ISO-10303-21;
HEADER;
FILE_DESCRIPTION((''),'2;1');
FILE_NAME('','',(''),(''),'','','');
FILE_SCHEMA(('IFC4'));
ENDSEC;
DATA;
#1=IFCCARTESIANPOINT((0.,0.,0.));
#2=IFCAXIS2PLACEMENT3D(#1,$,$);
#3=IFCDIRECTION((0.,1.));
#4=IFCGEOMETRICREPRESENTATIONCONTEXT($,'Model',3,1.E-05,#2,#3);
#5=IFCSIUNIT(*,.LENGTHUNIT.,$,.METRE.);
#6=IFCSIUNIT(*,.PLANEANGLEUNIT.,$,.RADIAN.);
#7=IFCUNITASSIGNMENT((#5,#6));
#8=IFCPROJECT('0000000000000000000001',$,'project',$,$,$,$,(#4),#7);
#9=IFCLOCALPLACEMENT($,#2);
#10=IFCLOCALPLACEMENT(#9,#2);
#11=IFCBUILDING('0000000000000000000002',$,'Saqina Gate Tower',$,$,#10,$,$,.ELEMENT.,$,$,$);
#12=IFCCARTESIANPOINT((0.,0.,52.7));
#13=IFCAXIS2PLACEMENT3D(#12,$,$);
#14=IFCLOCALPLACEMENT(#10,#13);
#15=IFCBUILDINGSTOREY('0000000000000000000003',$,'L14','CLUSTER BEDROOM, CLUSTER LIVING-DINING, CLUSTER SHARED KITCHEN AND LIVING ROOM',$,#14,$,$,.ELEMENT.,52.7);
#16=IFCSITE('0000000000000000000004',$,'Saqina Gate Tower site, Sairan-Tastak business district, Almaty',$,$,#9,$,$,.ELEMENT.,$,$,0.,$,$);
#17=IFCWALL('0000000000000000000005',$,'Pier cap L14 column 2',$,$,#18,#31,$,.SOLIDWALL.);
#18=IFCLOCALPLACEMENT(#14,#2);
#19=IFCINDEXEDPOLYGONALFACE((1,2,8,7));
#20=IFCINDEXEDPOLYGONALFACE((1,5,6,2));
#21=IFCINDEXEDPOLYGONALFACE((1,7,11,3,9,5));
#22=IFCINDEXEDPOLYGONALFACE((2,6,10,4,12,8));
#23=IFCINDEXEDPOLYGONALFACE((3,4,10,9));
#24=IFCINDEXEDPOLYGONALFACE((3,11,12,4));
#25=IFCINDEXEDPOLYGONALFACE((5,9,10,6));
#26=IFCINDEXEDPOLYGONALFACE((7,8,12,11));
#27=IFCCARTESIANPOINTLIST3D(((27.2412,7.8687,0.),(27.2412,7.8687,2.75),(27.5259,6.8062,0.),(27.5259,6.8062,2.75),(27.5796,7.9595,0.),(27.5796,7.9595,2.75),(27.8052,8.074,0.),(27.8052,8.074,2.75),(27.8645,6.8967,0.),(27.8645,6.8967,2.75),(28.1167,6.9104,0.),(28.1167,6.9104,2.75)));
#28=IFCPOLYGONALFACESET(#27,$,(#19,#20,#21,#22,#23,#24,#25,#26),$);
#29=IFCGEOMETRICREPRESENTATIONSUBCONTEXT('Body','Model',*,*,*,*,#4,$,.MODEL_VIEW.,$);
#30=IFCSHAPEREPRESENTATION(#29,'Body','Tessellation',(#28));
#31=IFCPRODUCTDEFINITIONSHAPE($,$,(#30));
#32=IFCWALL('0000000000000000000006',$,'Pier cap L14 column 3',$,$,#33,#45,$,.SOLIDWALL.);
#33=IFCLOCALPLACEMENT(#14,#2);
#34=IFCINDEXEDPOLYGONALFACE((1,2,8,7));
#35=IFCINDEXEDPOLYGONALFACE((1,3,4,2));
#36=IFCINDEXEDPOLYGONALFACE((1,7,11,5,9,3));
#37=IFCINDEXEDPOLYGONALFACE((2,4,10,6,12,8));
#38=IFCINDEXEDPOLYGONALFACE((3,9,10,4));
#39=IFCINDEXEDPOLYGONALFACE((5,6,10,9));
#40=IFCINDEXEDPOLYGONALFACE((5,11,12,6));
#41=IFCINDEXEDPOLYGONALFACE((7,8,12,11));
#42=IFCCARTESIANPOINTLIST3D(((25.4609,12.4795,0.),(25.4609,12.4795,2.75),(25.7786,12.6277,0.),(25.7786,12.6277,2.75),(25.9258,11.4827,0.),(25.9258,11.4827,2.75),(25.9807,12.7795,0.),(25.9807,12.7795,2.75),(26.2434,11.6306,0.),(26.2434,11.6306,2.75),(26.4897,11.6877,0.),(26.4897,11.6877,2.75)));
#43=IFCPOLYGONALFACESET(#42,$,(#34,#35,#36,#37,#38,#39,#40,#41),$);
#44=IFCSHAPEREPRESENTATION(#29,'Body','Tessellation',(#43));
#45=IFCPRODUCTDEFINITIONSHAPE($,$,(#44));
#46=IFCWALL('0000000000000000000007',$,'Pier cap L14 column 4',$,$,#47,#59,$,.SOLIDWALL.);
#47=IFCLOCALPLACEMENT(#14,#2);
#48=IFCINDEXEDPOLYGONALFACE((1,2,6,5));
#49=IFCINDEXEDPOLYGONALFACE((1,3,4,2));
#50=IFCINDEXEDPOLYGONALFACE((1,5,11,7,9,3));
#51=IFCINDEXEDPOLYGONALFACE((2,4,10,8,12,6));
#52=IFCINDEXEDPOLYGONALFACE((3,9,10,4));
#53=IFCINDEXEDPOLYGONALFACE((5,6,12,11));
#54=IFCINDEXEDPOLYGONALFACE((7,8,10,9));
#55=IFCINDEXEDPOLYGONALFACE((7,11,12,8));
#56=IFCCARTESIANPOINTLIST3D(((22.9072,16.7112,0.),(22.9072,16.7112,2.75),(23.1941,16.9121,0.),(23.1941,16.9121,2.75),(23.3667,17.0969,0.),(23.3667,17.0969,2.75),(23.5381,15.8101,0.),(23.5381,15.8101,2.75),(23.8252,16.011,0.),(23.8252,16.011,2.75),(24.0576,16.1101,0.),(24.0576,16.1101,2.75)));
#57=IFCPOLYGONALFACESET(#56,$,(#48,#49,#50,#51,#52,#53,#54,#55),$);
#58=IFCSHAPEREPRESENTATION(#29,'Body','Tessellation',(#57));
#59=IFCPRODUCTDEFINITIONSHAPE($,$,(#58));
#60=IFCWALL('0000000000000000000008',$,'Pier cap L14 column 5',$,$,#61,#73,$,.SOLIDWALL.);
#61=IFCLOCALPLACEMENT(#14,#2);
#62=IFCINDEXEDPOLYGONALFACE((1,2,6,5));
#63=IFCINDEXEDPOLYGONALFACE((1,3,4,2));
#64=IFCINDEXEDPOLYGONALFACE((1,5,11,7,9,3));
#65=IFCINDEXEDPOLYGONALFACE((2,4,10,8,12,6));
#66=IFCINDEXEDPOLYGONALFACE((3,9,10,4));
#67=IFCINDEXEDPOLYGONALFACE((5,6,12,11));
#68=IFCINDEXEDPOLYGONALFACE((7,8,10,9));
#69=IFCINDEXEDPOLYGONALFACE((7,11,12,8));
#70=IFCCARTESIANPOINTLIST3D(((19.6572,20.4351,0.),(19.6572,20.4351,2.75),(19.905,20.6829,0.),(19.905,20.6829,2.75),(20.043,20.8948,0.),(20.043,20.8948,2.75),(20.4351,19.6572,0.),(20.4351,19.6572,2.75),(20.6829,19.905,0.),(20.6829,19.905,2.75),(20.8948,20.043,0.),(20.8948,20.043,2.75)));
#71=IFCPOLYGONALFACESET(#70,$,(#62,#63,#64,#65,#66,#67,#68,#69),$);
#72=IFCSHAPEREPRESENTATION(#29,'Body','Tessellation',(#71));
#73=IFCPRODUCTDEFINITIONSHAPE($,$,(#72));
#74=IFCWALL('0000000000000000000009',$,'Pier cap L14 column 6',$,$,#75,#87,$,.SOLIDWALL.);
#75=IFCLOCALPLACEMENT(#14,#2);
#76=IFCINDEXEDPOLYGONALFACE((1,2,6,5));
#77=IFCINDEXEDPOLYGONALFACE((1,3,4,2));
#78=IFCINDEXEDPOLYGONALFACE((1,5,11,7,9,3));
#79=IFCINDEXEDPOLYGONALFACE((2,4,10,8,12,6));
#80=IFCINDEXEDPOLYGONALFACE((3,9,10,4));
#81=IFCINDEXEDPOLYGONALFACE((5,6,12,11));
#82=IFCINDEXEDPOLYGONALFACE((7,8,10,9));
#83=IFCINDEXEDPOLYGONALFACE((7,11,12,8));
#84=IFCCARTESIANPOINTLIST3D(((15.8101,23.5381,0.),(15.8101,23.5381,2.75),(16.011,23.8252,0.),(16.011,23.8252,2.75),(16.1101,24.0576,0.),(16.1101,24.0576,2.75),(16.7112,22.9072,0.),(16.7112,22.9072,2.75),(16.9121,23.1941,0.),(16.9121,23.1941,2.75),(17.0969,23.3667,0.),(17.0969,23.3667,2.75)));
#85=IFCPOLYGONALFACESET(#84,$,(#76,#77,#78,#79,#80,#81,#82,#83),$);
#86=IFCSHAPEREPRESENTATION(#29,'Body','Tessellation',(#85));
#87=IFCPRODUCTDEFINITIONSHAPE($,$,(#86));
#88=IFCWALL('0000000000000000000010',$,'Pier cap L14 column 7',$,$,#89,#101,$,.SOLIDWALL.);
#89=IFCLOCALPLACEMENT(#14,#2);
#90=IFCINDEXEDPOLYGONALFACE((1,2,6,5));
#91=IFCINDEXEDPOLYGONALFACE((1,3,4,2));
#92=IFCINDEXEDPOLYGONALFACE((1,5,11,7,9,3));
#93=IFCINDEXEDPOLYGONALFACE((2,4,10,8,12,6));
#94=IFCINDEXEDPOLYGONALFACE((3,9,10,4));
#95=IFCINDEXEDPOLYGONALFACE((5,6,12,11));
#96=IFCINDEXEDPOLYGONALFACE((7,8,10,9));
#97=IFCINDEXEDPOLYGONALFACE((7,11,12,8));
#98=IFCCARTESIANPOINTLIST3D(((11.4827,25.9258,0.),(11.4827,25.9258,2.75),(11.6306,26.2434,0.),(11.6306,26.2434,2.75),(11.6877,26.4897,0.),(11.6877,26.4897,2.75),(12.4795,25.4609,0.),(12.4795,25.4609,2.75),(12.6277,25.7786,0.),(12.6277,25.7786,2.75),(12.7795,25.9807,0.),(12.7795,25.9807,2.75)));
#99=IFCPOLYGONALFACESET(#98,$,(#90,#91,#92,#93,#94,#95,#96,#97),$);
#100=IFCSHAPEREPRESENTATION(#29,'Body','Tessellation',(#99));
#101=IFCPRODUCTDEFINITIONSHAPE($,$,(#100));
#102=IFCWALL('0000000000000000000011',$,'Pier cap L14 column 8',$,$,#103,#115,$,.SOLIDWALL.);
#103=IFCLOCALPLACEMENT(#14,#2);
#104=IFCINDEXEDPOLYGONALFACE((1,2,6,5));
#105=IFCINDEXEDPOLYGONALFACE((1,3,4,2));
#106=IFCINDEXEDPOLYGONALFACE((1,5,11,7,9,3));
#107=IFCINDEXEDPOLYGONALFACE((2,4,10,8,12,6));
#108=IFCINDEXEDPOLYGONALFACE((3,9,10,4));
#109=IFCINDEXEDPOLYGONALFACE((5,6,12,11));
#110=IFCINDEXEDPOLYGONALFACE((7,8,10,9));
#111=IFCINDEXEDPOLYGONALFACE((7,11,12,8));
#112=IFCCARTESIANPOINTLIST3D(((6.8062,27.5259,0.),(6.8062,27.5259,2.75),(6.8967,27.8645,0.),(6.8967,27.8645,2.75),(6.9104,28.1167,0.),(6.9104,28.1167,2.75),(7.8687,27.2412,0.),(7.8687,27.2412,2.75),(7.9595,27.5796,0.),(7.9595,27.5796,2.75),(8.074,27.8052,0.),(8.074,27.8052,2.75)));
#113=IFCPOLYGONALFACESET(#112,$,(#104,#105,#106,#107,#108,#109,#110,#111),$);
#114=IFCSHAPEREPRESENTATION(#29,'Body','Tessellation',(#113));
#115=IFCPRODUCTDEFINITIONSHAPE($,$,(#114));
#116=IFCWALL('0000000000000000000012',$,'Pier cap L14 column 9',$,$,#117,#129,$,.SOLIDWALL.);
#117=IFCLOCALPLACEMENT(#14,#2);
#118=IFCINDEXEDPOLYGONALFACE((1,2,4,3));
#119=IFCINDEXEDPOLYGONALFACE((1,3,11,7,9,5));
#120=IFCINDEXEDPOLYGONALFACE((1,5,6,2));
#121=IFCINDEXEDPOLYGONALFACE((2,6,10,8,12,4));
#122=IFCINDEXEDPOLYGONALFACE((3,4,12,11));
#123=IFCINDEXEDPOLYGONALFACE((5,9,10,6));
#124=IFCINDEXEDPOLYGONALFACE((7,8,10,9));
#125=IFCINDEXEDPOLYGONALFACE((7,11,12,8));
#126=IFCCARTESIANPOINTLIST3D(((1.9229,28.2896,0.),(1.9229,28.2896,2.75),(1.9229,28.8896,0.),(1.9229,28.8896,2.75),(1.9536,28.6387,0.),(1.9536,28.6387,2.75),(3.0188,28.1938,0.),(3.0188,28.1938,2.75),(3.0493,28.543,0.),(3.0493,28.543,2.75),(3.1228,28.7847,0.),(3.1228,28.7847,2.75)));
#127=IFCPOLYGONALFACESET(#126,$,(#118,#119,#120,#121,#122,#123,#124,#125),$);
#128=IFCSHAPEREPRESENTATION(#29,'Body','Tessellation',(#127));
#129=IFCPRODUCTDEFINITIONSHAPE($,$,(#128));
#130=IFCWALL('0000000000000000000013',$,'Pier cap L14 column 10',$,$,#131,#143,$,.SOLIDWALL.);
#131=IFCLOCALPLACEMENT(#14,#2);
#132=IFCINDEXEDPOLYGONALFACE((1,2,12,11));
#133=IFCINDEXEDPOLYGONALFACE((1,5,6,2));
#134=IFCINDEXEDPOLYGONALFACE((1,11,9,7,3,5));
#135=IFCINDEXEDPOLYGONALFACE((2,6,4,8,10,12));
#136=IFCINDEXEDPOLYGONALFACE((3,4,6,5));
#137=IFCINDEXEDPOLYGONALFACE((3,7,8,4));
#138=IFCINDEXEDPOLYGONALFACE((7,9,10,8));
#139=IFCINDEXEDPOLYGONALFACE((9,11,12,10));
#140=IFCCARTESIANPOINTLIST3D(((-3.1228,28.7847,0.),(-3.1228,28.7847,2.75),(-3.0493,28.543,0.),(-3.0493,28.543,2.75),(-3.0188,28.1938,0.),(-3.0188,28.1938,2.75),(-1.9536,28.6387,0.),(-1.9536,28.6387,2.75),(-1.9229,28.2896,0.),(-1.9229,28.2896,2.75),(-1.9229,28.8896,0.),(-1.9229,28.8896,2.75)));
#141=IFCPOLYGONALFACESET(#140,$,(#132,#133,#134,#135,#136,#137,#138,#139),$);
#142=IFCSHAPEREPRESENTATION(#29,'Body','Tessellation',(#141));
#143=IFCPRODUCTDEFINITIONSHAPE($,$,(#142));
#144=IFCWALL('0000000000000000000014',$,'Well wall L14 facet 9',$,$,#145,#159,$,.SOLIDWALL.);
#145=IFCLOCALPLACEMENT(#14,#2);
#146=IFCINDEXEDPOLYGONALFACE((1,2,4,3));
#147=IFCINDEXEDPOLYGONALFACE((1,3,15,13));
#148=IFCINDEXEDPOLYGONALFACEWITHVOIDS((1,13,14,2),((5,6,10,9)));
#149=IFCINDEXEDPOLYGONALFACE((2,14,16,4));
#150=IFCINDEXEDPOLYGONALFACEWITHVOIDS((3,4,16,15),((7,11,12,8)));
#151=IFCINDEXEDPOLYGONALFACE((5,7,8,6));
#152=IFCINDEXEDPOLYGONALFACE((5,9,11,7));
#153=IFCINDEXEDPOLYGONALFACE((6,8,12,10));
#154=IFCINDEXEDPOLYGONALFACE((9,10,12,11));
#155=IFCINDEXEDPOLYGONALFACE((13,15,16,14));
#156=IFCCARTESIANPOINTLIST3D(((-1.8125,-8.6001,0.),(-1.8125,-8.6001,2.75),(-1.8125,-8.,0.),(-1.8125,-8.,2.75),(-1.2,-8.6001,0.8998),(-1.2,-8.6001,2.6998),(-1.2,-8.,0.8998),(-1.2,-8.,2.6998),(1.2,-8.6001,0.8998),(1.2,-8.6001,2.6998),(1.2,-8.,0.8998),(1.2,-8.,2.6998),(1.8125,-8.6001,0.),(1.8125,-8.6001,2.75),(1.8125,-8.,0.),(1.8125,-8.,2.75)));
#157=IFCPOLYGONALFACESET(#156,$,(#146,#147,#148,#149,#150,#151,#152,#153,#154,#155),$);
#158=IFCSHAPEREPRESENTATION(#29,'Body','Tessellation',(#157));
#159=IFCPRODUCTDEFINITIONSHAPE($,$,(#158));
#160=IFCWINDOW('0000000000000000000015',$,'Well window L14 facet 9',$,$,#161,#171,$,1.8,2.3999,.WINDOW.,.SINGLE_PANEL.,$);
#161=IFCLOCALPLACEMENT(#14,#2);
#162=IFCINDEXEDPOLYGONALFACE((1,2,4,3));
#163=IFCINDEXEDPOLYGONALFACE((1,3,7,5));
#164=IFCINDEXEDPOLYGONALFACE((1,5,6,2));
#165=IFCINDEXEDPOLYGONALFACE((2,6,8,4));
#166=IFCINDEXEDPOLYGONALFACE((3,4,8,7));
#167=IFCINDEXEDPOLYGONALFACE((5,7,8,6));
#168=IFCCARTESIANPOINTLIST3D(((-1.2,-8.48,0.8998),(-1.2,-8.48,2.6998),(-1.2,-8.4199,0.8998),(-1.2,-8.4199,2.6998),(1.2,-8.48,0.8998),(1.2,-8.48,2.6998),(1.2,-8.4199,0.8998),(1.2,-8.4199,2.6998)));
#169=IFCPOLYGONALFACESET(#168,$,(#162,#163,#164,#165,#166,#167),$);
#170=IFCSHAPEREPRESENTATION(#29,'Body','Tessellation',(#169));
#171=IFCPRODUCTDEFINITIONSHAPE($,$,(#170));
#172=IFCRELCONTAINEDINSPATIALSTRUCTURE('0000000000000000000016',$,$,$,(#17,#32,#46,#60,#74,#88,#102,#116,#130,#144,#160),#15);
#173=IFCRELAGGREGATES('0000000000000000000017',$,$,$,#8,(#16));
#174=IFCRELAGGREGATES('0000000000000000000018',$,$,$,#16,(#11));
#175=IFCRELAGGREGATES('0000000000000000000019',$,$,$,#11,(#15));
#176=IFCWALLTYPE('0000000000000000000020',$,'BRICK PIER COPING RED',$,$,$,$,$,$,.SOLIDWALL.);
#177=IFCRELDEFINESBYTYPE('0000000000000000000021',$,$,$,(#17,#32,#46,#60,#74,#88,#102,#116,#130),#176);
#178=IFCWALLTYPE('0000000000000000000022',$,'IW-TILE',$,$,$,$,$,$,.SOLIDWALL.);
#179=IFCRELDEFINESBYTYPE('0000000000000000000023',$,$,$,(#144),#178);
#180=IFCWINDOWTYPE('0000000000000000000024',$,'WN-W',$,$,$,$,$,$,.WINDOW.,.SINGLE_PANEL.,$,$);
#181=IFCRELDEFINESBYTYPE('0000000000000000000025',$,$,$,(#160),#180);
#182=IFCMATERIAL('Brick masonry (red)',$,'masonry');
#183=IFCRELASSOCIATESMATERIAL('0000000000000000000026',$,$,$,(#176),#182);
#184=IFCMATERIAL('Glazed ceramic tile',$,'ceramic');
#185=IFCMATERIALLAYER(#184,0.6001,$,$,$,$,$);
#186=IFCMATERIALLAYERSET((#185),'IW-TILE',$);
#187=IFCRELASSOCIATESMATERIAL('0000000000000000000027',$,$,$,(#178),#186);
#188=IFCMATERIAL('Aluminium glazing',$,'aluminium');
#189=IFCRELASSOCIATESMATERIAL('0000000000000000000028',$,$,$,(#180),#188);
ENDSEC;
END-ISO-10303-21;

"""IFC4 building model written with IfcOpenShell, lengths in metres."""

from ifc_helpers import new_model, si_unit, direction, frame, frame_2d, origin, place, context, subcontext, project, spatial, polyline, rectangle, outline, extrude, material, layer, layer_set, type_object, element, fill, save


model = new_model("IFC4")

# Units and contexts
model_context = context("Model", 3, precision=1e-05, world=origin(), true_north=direction((0.0, 1.0)))
body_context = subcontext(model_context, "Body", "Model", "MODEL_VIEW")
ifc_project = project(units=[si_unit("LENGTHUNIT", "METRE"), si_unit("PLANEANGLEUNIT", "RADIAN")], contexts=[model_context])

# Site, building, storey
site_placement = place(None, origin())
site = spatial("IfcSite", under=ifc_project, at=site_placement, Name="Saqina Gate Tower site, Sairan-Tastak business district, Almaty", CompositionType="ELEMENT", RefElevation=0.0)
building_placement = place(site_placement, origin())
building = spatial("IfcBuilding", under=site, at=building_placement, Name="Saqina Gate Tower", CompositionType="ELEMENT")
storey_placement = place(building_placement, frame((0.0, 0.0, 52.7)))
storey = spatial("IfcBuildingStorey", under=building, at=storey_placement, Name="L14", Description="CLUSTER BEDROOM, CLUSTER LIVING-DINING, CLUSTER SHARED KITCHEN AND LIVING ROOM", CompositionType="ELEMENT", Elevation=52.7)

# Walls
ifc_material_1 = material(Name="Brick masonry (red)", Category="masonry")
wall_type_1 = type_object("IfcWallType", Name="BRICK PIER COPING RED", PredefinedType="SOLIDWALL", material=ifc_material_1)
wall_1_placement = place(storey_placement, origin())
element("IfcWall", 1, at=wall_1_placement, inside=storey, type_object=wall_type_1, Name="Pier cap L14 column 2", PredefinedType="SOLIDWALL", context=body_context, shape_type="SweptSolid", body=[
    extrude(outline(polyline([(28.1167, 6.9104), (27.8052, 8.074), (27.2412, 7.8687), (27.5796, 7.9595), (27.8645, 6.8967), (27.5259, 6.8062), (28.1167, 6.9104)])), origin(), (0.0, 0.0, 1.0), 2.75),
])
wall_2_placement = place(storey_placement, origin())
element("IfcWall", 2, at=wall_2_placement, inside=storey, type_object=wall_type_1, Name="Pier cap L14 column 3", PredefinedType="SOLIDWALL", context=body_context, shape_type="SweptSolid", body=[
    extrude(outline(polyline([(25.9807, 12.7795), (25.4609, 12.4795), (25.7786, 12.6277), (26.2434, 11.6306), (25.9258, 11.4827), (26.4897, 11.6877), (25.9807, 12.7795)])), origin(), (0.0, 0.0, 1.0), 2.75),
])
wall_3_placement = place(storey_placement, origin())
element("IfcWall", 3, at=wall_3_placement, inside=storey, type_object=wall_type_1, Name="Pier cap L14 column 4", PredefinedType="SOLIDWALL", context=body_context, shape_type="SweptSolid", body=[
    extrude(outline(polyline([(24.0576, 16.1101), (23.3667, 17.0969), (22.9072, 16.7112), (23.1941, 16.9121), (23.8252, 16.011), (23.5381, 15.8101), (24.0576, 16.1101)])), origin(), (0.0, 0.0, 1.0), 2.75),
])
wall_4_placement = place(storey_placement, origin())
element("IfcWall", 4, at=wall_4_placement, inside=storey, type_object=wall_type_1, Name="Pier cap L14 column 5", PredefinedType="SOLIDWALL", context=body_context, shape_type="SweptSolid", body=[
    extrude(outline(polyline([(20.043, 20.8948), (19.6572, 20.4351), (19.905, 20.6829), (20.6829, 19.905), (20.4351, 19.6572), (20.8948, 20.043), (20.043, 20.8948)])), origin(), (0.0, 0.0, 1.0), 2.75),
])
wall_5_placement = place(storey_placement, origin())
element("IfcWall", 5, at=wall_5_placement, inside=storey, type_object=wall_type_1, Name="Pier cap L14 column 6", PredefinedType="SOLIDWALL", context=body_context, shape_type="SweptSolid", body=[
    extrude(outline(polyline([(17.0969, 23.3667), (16.1101, 24.0576), (15.8101, 23.5381), (16.011, 23.8252), (16.9121, 23.1941), (16.7112, 22.9072), (17.0969, 23.3667)])), origin(), (0.0, 0.0, 1.0), 2.75),
])
wall_6_placement = place(storey_placement, origin())
element("IfcWall", 6, at=wall_6_placement, inside=storey, type_object=wall_type_1, Name="Pier cap L14 column 7", PredefinedType="SOLIDWALL", context=body_context, shape_type="SweptSolid", body=[
    extrude(outline(polyline([(11.6877, 26.4897), (11.4827, 25.9258), (11.6306, 26.2434), (12.6277, 25.7786), (12.4795, 25.4609), (12.7795, 25.9807), (11.6877, 26.4897)])), origin(), (0.0, 0.0, 1.0), 2.75),
])
wall_7_placement = place(storey_placement, origin())
element("IfcWall", 7, at=wall_7_placement, inside=storey, type_object=wall_type_1, Name="Pier cap L14 column 8", PredefinedType="SOLIDWALL", context=body_context, shape_type="SweptSolid", body=[
    extrude(outline(polyline([(6.9104, 28.1167), (6.8062, 27.5259), (6.8967, 27.8645), (7.9595, 27.5796), (7.8687, 27.2412), (8.074, 27.8052), (6.9104, 28.1167)])), origin(), (0.0, 0.0, 1.0), 2.75),
])
wall_8_placement = place(storey_placement, origin())
element("IfcWall", 8, at=wall_8_placement, inside=storey, type_object=wall_type_1, Name="Pier cap L14 column 9", PredefinedType="SOLIDWALL", context=body_context, shape_type="SweptSolid", body=[
    extrude(outline(polyline([(3.1228, 28.7847), (1.9229, 28.8896), (1.9229, 28.2896), (1.9536, 28.6387), (3.0493, 28.543), (3.0188, 28.1938), (3.1228, 28.7847)])), origin(), (0.0, 0.0, 1.0), 2.75),
])
wall_9_placement = place(storey_placement, origin())
element("IfcWall", 9, at=wall_9_placement, inside=storey, type_object=wall_type_1, Name="Pier cap L14 column 10", PredefinedType="SOLIDWALL", context=body_context, shape_type="SweptSolid", body=[
    extrude(outline(polyline([(-1.9229, 28.8896), (-3.1228, 28.7847), (-3.0188, 28.1938), (-3.0493, 28.543), (-1.9536, 28.6387), (-1.9229, 28.2896), (-1.9229, 28.8896)])), origin(), (0.0, 0.0, 1.0), 2.75),
])

# Wall, opening, window
ifc_material_2 = material(Name="Glazed ceramic tile", Category="ceramic")
ifc_layer_1 = layer(ifc_material_2, 0.6001)
ifc_layer_set_1 = layer_set([ifc_layer_1], Name="IW-TILE")
wall_type_2 = type_object("IfcWallType", Name="IW-TILE", PredefinedType="SOLIDWALL", material=ifc_layer_set_1)
wall_10_placement = place(storey_placement, frame((-1.8125, -8.3, 0.0), z_axis=(0.0, 0.0, 1.0), x_axis=(1.0, 0.0, 0.0)))
wall_10 = element("IfcWall", 10, at=wall_10_placement, inside=storey, type_object=wall_type_2, Name="Well wall L14 facet 9", PredefinedType="SOLIDWALL", context=body_context, shape_type="SweptSolid", body=[
    extrude(rectangle(XDim=3.625, YDim=0.6001, at=frame_2d((1.8125, 0.0))), origin(), (0.0, 0.0, 1.0), 2.75),
])
opening_placement = place(wall_10_placement, frame((0.6125, 0.0, 0.8999)))
opening = element("IfcOpeningElement", 11, at=opening_placement, cuts=wall_10, PredefinedType="OPENING", context=body_context, shape_type="SweptSolid", body=[
    extrude(rectangle(XDim=2.3999, YDim=1.8, at=frame_2d((1.2, 0.8999))), frame((0.0, 0.312, 0.0), z_axis=(0.0, -1.0, 0.0), x_axis=(1.0, 0.0, 0.0)), (0.0, 0.0, 1.0), 0.624),
])
ifc_material_3 = material(Name="Aluminium glazing", Category="aluminium")
window_type = type_object("IfcWindowType", Name="WN-W", PartitioningType="SINGLE_PANEL", PredefinedType="WINDOW", material=ifc_material_3)
window_placement = place(opening_placement, origin())
window = element("IfcWindow", 12, at=window_placement, inside=storey, type_object=window_type, Name="Well window L14 facet 9", OverallHeight=1.8, OverallWidth=2.3999, PartitioningType="SINGLE_PANEL", PredefinedType="WINDOW", context=body_context, shape_type="SweptSolid", body=[
    extrude(rectangle(XDim=2.3999, YDim=1.8, at=frame_2d((1.2, 0.8999))), frame((0.0, -0.1199, 0.0), z_axis=(0.0, -1.0, 0.0), x_axis=(1.0, 0.0, 0.0)), (0.0, 0.0, 1.0), 0.0601),
])
fill(opening, window)

save(model, "model.ifc")
